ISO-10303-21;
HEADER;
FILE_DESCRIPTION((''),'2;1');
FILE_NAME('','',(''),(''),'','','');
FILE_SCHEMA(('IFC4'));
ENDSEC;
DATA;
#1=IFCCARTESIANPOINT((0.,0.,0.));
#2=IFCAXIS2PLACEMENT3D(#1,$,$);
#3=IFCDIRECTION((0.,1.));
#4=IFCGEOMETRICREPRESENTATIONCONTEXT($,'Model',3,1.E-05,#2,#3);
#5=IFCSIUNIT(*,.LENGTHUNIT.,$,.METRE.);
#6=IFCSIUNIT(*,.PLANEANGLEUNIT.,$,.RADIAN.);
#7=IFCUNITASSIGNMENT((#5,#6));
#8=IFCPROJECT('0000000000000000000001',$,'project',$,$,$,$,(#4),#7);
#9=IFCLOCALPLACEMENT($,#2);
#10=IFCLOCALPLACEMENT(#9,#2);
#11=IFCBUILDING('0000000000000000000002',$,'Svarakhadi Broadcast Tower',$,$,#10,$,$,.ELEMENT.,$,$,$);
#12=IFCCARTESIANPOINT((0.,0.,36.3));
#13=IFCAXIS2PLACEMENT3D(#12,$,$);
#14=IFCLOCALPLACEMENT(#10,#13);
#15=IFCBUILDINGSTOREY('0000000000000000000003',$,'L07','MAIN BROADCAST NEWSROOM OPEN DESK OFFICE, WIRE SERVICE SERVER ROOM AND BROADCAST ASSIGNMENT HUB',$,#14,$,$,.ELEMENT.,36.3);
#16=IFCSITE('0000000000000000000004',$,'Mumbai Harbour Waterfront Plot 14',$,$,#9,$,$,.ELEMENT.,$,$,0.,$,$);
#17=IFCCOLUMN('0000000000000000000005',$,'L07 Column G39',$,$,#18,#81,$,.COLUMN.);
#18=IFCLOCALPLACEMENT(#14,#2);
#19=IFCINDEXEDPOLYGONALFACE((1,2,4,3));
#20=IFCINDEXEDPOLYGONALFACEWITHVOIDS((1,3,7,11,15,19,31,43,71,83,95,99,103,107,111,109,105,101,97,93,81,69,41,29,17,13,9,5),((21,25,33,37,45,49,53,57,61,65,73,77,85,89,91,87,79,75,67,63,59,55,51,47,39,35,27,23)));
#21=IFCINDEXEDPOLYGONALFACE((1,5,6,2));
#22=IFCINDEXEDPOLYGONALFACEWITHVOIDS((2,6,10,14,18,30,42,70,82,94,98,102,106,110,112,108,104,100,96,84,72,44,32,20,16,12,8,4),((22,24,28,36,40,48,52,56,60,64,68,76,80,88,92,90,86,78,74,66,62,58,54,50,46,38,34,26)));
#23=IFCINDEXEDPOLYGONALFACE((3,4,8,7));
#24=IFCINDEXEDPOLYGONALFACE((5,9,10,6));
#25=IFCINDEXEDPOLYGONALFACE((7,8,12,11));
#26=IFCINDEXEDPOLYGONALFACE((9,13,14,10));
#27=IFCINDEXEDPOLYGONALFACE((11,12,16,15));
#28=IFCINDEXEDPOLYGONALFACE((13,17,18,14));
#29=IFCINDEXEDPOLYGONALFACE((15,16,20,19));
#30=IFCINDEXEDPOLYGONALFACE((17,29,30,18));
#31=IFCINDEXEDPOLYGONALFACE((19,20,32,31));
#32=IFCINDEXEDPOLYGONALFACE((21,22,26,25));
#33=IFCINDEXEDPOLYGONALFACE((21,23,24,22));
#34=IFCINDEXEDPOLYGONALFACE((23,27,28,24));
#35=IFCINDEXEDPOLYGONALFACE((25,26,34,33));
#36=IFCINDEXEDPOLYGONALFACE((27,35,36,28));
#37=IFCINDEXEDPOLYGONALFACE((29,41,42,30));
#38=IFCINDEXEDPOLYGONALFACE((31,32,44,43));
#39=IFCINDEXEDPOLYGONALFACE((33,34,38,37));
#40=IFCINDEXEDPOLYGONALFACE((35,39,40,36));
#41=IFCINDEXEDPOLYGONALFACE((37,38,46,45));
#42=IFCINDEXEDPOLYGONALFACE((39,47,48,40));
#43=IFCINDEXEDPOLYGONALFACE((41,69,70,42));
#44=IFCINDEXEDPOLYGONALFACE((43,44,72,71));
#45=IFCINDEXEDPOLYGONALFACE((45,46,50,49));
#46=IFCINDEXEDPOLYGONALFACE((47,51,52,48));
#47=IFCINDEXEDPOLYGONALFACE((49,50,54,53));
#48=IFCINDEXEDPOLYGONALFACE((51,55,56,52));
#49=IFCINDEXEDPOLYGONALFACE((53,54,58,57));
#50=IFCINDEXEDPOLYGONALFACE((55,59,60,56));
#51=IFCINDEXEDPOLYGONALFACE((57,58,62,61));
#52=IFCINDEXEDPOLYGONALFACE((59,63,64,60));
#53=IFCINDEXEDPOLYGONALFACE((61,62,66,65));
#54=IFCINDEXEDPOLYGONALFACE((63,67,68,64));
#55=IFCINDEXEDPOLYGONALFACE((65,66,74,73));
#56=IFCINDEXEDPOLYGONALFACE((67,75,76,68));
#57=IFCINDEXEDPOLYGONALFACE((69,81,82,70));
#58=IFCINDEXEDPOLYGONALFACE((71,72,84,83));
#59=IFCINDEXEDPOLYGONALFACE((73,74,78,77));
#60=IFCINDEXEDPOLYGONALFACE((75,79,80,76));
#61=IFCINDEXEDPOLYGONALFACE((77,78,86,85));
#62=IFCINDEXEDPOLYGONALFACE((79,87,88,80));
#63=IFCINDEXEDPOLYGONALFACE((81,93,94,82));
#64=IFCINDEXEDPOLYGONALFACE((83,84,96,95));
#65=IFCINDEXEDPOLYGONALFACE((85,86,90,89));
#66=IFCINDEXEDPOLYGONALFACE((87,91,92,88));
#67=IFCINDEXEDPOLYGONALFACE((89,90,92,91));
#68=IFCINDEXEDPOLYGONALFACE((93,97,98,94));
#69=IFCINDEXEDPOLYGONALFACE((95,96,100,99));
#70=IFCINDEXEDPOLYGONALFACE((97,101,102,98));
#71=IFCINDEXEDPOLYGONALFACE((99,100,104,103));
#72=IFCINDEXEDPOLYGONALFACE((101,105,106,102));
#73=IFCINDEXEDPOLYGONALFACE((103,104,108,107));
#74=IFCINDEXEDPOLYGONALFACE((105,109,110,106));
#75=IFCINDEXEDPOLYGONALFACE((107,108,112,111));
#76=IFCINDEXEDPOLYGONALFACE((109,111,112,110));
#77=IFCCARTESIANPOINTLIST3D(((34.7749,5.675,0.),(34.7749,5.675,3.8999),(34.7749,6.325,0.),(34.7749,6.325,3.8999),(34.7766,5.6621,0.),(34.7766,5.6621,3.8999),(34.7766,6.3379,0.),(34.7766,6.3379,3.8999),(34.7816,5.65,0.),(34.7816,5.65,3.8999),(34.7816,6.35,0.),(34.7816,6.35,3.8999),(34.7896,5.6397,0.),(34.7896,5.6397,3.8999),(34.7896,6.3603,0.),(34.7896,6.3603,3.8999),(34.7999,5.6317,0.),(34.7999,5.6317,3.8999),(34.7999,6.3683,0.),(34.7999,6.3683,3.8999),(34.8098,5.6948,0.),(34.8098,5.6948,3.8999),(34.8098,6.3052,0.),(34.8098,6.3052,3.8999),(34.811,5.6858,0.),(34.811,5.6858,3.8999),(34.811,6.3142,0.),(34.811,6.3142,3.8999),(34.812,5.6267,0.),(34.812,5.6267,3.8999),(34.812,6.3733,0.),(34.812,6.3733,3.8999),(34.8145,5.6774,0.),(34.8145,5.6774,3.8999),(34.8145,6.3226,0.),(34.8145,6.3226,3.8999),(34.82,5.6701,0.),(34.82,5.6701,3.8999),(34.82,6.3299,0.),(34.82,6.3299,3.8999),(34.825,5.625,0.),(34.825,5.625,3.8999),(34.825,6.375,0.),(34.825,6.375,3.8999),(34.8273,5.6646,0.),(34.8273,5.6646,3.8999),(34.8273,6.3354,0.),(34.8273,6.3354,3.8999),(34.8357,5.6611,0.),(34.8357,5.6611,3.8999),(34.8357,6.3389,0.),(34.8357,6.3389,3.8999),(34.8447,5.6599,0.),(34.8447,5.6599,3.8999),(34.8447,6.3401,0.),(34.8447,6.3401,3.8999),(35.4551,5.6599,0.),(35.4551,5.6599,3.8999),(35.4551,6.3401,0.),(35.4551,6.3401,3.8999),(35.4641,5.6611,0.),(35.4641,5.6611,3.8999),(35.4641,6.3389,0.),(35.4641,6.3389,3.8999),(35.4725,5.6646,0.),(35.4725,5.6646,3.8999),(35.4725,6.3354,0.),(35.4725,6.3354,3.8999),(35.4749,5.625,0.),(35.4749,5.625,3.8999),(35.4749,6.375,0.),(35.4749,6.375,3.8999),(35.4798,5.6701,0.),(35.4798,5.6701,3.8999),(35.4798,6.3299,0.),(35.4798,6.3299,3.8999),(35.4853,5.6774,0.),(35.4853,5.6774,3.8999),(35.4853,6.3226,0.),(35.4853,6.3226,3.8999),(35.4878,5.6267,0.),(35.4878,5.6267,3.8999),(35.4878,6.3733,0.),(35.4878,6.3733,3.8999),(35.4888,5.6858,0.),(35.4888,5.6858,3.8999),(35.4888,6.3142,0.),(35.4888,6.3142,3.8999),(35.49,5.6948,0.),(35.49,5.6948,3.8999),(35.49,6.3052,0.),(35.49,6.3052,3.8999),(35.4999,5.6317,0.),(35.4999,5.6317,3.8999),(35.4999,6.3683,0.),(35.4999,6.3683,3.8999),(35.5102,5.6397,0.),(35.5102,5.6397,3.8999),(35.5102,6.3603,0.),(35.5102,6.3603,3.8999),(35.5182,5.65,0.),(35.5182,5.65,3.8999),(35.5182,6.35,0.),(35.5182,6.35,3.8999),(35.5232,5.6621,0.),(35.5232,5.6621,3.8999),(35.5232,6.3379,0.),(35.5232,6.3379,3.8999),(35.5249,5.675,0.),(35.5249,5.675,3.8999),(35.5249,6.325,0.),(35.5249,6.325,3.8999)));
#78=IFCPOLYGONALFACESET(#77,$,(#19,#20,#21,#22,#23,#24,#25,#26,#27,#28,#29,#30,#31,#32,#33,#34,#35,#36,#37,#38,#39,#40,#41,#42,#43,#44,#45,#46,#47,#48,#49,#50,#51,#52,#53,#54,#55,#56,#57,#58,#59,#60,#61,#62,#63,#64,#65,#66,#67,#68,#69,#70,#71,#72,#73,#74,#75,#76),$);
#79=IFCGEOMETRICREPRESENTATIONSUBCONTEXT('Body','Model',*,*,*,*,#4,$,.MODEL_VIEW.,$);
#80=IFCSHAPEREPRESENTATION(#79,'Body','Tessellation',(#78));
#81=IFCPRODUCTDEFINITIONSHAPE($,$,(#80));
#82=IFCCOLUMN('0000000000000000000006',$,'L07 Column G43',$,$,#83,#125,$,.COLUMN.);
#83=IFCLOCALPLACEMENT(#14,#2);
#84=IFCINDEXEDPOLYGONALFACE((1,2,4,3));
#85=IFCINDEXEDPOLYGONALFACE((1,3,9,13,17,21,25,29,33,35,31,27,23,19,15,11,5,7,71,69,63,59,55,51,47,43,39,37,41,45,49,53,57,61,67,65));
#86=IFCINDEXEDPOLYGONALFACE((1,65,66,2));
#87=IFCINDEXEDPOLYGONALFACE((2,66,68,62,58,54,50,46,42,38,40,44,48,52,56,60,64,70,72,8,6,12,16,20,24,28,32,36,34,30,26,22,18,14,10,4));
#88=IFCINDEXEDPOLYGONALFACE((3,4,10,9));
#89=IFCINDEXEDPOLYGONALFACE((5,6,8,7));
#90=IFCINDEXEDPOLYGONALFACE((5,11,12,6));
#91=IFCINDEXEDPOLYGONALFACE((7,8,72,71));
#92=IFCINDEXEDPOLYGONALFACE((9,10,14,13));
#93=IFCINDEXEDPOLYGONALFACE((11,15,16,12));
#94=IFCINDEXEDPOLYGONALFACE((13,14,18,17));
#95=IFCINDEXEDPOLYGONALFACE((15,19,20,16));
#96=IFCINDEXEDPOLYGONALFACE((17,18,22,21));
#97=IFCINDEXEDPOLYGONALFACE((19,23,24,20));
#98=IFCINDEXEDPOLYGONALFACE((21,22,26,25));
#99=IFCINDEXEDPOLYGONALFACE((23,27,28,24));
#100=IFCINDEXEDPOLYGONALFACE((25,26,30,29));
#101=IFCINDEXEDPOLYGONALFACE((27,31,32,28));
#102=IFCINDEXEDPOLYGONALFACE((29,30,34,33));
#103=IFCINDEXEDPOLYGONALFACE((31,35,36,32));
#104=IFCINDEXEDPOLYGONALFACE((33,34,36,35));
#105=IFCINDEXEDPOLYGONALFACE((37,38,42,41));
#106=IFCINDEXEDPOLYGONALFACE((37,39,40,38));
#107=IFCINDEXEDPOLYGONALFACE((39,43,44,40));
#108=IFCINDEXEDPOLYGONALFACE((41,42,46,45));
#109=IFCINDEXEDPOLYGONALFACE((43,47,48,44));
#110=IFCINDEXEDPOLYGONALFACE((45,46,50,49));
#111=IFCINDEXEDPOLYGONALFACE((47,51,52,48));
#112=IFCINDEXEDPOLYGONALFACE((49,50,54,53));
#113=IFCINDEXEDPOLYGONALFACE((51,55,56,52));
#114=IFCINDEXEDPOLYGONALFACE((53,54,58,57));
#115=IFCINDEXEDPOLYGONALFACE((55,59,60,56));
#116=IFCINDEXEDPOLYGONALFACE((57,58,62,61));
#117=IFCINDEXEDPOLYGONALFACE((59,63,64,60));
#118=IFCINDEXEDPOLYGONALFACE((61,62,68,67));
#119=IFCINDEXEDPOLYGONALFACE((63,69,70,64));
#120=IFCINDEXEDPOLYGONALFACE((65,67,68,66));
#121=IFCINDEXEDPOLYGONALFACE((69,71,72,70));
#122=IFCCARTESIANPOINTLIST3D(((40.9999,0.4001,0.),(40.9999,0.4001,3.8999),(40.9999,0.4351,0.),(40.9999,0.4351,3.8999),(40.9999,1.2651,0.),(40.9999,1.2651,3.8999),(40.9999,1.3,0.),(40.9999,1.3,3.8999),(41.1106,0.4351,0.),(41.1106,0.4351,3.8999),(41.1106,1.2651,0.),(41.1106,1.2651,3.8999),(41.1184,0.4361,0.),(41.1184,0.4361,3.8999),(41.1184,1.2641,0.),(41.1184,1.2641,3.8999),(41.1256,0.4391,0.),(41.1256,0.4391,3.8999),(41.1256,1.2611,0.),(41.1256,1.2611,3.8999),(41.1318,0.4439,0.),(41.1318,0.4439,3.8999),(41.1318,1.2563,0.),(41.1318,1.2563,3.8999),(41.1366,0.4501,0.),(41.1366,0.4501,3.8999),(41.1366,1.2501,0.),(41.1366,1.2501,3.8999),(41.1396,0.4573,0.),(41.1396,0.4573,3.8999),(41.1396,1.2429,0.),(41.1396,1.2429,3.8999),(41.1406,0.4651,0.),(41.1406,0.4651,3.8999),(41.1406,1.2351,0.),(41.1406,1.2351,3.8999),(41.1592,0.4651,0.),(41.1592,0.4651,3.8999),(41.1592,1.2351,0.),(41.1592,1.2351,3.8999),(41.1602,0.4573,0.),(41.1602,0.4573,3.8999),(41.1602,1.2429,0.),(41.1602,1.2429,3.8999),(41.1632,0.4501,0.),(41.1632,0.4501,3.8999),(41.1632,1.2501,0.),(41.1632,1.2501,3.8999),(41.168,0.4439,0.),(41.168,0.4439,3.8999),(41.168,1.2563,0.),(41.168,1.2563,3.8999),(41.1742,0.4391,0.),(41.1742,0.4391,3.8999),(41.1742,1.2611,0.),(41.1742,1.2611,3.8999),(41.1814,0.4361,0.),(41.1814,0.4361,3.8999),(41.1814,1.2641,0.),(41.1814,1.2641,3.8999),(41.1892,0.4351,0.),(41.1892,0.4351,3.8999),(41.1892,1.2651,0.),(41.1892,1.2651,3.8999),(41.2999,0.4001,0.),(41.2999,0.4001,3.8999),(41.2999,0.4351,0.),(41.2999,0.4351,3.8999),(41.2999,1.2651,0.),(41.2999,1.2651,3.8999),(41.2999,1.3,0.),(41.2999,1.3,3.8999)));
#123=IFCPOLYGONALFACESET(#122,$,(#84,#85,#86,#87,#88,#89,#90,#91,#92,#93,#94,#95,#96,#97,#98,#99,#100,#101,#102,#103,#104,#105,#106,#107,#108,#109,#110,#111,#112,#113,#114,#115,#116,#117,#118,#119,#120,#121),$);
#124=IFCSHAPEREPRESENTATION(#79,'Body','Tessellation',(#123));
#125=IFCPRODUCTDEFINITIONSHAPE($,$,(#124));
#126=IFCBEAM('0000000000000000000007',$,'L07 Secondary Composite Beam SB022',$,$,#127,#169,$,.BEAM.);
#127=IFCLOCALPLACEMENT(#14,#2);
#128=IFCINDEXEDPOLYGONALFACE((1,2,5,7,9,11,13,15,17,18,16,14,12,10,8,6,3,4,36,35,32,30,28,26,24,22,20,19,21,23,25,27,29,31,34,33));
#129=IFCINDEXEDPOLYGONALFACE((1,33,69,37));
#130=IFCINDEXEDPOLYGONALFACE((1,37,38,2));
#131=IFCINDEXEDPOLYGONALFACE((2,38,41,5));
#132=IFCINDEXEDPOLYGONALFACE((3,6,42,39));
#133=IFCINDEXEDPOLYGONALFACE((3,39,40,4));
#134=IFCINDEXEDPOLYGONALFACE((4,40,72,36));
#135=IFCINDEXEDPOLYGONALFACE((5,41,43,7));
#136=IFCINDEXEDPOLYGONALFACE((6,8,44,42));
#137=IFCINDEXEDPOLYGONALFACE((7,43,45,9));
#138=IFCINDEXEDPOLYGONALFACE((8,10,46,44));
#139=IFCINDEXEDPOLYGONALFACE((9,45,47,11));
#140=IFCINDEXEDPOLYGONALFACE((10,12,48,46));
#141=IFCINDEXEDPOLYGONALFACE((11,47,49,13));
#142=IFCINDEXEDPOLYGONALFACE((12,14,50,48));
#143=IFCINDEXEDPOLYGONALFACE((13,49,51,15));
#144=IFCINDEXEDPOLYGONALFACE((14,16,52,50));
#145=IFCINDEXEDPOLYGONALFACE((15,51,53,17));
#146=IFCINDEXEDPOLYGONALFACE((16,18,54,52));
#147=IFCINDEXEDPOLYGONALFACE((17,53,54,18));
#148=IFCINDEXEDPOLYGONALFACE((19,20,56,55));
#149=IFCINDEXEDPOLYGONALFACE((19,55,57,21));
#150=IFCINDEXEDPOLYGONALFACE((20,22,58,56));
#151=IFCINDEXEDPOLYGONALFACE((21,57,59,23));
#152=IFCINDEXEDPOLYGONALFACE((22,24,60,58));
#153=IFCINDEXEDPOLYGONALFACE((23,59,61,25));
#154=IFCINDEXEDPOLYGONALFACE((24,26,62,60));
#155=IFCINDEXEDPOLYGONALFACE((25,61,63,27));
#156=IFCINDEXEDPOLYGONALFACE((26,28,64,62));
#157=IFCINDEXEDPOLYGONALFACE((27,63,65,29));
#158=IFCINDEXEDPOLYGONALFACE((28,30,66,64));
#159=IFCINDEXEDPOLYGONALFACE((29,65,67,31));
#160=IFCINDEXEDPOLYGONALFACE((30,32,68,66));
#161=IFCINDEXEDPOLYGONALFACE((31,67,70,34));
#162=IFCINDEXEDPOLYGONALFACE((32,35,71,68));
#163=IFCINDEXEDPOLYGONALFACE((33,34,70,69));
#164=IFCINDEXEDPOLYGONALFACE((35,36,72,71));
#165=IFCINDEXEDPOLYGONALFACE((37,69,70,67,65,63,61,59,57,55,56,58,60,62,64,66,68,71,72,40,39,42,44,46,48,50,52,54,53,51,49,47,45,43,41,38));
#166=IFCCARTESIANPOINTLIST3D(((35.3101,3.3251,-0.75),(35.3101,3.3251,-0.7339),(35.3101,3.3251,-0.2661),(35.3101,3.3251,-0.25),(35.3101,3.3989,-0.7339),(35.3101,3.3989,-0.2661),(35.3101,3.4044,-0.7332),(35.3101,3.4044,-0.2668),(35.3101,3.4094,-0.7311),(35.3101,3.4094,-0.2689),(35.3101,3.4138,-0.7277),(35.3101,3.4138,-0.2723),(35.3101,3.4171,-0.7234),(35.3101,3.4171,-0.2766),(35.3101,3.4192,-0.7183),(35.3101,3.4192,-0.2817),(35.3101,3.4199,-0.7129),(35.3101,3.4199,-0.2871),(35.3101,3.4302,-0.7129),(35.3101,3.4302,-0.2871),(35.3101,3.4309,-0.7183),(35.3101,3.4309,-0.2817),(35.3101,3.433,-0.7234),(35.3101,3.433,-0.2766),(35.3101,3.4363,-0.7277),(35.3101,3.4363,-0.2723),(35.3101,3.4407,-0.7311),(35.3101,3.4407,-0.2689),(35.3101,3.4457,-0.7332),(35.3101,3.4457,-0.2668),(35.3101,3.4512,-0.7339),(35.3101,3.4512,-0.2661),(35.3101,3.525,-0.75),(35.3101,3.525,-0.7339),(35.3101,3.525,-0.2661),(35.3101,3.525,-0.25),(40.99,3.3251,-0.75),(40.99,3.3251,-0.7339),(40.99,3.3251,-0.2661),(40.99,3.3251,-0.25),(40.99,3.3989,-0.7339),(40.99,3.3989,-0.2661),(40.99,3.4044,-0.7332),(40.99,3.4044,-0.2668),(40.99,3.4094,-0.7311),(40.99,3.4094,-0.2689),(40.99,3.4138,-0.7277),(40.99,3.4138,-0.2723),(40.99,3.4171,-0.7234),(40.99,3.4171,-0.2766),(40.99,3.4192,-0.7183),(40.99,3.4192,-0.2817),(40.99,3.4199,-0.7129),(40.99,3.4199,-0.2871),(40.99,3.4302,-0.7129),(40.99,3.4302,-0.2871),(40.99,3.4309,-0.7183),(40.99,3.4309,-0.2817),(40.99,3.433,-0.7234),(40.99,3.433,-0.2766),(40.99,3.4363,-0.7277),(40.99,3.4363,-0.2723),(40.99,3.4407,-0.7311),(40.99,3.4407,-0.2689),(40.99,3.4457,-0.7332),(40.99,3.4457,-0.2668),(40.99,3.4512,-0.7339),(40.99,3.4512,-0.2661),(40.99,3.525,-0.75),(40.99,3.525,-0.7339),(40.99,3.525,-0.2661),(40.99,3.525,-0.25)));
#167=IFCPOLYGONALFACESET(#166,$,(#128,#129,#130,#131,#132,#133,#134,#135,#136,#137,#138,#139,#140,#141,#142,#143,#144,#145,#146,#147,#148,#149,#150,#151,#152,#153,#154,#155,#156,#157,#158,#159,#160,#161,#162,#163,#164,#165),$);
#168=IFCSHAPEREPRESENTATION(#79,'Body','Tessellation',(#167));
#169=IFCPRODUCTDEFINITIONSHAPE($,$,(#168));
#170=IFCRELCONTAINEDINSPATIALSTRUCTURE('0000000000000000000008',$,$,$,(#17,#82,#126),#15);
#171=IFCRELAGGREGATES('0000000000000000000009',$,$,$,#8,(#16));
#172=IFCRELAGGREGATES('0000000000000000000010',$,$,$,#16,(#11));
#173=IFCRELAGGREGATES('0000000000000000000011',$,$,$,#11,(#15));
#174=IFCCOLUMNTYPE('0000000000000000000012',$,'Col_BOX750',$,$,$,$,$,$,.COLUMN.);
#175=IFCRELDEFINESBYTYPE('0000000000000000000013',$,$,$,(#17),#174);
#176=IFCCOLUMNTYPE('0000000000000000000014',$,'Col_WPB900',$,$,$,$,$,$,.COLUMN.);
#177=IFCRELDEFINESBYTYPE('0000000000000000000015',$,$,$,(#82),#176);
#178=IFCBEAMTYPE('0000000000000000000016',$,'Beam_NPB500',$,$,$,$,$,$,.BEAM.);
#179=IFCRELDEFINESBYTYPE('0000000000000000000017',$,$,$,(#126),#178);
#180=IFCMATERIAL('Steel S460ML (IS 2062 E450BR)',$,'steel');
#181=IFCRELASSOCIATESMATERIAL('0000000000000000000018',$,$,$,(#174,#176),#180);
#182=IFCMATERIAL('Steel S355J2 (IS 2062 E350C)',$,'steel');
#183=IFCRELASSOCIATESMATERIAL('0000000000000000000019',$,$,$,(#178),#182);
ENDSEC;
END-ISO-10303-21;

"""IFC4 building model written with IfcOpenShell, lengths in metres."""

from ifc_helpers import new_model, si_unit, direction, frame, origin, origin_2d, place, context, subcontext, project, spatial, hollow_rectangle, i_section, extrude, material, material_profile, profile_set, type_object, element, save


model = new_model("IFC4")

# Units and contexts
model_context = context("Model", 3, precision=1e-05, world=origin(), true_north=direction((0.0, 1.0)))
body_context = subcontext(model_context, "Body", "Model", "MODEL_VIEW")
ifc_project = project(units=[si_unit("LENGTHUNIT", "METRE"), si_unit("PLANEANGLEUNIT", "RADIAN")], contexts=[model_context])

# Site, building, storey
site_placement = place(None, origin())
site = spatial("IfcSite", under=ifc_project, at=site_placement, Name="Mumbai Harbour Waterfront Plot 14", CompositionType="ELEMENT", RefElevation=0.0)
building_placement = place(site_placement, origin())
building = spatial("IfcBuilding", under=site, at=building_placement, Name="Svarakhadi Broadcast Tower", CompositionType="ELEMENT")
storey_placement = place(building_placement, frame((0.0, 0.0, 36.3)))
storey = spatial("IfcBuildingStorey", under=building, at=storey_placement, Name="L07", Description="MAIN BROADCAST NEWSROOM OPEN DESK OFFICE, WIRE SERVICE SERVER ROOM AND BROADCAST ASSIGNMENT HUB", CompositionType="ELEMENT", Elevation=36.3)

# Columns
ifc_material_1 = material(Name="Steel S460ML (IS 2062 E450BR)", Category="steel")
ifc_material_profile_1 = material_profile(ifc_material_1, hollow_rectangle(XDim=0.75, YDim=0.75, WallThickness=0.0349, InnerFilletRadius=0.0349, OuterFilletRadius=0.05, at=origin_2d()), Name="BOX 750x750x35")
ifc_profile_set_1 = profile_set([ifc_material_profile_1], Name="Steel S460ML (IS 2062 E450BR)")
column_type_1 = type_object("IfcColumnType", Name="Col_BOX750", PredefinedType="COLUMN", material=ifc_profile_set_1)
column_1_placement = place(storey_placement, frame((35.1499, 6.0, 0.0), z_axis=(0.0, 0.0, 1.0), x_axis=(1.0, 0.0, 0.0)))
element("IfcColumn", 1, at=column_1_placement, inside=storey, type_object=column_type_1, Name="L07 Column G39", PredefinedType="COLUMN", context=body_context, shape_type="SweptSolid", body=[
    extrude(hollow_rectangle(XDim=0.75, YDim=0.75, WallThickness=0.0349, InnerFilletRadius=0.0349, OuterFilletRadius=0.05, at=origin_2d()), origin(), (0.0, 0.0, 1.0), 3.8999),
])
ifc_material_profile_2 = material_profile(ifc_material_1, i_section(OverallWidth=0.3, OverallDepth=0.8999, WebThickness=0.0186, FlangeThickness=0.0349, FilletRadius=0.03, at=origin_2d()), Name="WPB 900x300x291")
ifc_profile_set_2 = profile_set([ifc_material_profile_2], Name="Steel S460ML (IS 2062 E450BR)")
column_type_2 = type_object("IfcColumnType", Name="Col_WPB900", PredefinedType="COLUMN", material=ifc_profile_set_2)
column_2_placement = place(storey_placement, frame((41.1499, 0.8501, 0.0), z_axis=(0.0, 0.0, 1.0), x_axis=(1.0, 0.0, 0.0)))
element("IfcColumn", 2, at=column_2_placement, inside=storey, type_object=column_type_2, Name="L07 Column G43", PredefinedType="COLUMN", context=body_context, shape_type="SweptSolid", body=[
    extrude(i_section(OverallWidth=0.3, OverallDepth=0.8999, WebThickness=0.0186, FlangeThickness=0.0349, FilletRadius=0.03, at=origin_2d()), origin(), (0.0, 0.0, 1.0), 3.8999),
])

# Beam
ifc_material_2 = material(Name="Steel S355J2 (IS 2062 E350C)", Category="steel")
ifc_material_profile_3 = material_profile(ifc_material_2, i_section(OverallWidth=0.2, OverallDepth=0.5, WebThickness=0.0103, FlangeThickness=0.0161, FilletRadius=0.021, at=origin_2d()), Name="NPB 500x200x91")
ifc_profile_set_3 = profile_set([ifc_material_profile_3], Name="Steel S355J2 (IS 2062 E350C)")
beam_type_1 = type_object("IfcBeamType", Name="Beam_NPB500", PredefinedType="BEAM", material=ifc_profile_set_3)
for number, where, z_axis, x_axis, name in (
    (3, (35.3101, 3.425, -0.5), (1.0, 0.0, 0.0), (0.0, 1.0, 0.0), "L07 Secondary Composite Beam SB022"),
):
    element("IfcBeam", number, at=place(storey_placement, frame(where, z_axis=z_axis, x_axis=x_axis)), inside=storey, type_object=beam_type_1, Name=name, PredefinedType="BEAM", context=body_context, shape_type="SweptSolid", body=[
        extrude(i_section(OverallWidth=0.2, OverallDepth=0.5, WebThickness=0.0103, FlangeThickness=0.0161, FilletRadius=0.021, at=origin_2d()), origin(), (0.0, 0.0, 1.0), 5.6799),
    ])

save(model, "model.ifc")
